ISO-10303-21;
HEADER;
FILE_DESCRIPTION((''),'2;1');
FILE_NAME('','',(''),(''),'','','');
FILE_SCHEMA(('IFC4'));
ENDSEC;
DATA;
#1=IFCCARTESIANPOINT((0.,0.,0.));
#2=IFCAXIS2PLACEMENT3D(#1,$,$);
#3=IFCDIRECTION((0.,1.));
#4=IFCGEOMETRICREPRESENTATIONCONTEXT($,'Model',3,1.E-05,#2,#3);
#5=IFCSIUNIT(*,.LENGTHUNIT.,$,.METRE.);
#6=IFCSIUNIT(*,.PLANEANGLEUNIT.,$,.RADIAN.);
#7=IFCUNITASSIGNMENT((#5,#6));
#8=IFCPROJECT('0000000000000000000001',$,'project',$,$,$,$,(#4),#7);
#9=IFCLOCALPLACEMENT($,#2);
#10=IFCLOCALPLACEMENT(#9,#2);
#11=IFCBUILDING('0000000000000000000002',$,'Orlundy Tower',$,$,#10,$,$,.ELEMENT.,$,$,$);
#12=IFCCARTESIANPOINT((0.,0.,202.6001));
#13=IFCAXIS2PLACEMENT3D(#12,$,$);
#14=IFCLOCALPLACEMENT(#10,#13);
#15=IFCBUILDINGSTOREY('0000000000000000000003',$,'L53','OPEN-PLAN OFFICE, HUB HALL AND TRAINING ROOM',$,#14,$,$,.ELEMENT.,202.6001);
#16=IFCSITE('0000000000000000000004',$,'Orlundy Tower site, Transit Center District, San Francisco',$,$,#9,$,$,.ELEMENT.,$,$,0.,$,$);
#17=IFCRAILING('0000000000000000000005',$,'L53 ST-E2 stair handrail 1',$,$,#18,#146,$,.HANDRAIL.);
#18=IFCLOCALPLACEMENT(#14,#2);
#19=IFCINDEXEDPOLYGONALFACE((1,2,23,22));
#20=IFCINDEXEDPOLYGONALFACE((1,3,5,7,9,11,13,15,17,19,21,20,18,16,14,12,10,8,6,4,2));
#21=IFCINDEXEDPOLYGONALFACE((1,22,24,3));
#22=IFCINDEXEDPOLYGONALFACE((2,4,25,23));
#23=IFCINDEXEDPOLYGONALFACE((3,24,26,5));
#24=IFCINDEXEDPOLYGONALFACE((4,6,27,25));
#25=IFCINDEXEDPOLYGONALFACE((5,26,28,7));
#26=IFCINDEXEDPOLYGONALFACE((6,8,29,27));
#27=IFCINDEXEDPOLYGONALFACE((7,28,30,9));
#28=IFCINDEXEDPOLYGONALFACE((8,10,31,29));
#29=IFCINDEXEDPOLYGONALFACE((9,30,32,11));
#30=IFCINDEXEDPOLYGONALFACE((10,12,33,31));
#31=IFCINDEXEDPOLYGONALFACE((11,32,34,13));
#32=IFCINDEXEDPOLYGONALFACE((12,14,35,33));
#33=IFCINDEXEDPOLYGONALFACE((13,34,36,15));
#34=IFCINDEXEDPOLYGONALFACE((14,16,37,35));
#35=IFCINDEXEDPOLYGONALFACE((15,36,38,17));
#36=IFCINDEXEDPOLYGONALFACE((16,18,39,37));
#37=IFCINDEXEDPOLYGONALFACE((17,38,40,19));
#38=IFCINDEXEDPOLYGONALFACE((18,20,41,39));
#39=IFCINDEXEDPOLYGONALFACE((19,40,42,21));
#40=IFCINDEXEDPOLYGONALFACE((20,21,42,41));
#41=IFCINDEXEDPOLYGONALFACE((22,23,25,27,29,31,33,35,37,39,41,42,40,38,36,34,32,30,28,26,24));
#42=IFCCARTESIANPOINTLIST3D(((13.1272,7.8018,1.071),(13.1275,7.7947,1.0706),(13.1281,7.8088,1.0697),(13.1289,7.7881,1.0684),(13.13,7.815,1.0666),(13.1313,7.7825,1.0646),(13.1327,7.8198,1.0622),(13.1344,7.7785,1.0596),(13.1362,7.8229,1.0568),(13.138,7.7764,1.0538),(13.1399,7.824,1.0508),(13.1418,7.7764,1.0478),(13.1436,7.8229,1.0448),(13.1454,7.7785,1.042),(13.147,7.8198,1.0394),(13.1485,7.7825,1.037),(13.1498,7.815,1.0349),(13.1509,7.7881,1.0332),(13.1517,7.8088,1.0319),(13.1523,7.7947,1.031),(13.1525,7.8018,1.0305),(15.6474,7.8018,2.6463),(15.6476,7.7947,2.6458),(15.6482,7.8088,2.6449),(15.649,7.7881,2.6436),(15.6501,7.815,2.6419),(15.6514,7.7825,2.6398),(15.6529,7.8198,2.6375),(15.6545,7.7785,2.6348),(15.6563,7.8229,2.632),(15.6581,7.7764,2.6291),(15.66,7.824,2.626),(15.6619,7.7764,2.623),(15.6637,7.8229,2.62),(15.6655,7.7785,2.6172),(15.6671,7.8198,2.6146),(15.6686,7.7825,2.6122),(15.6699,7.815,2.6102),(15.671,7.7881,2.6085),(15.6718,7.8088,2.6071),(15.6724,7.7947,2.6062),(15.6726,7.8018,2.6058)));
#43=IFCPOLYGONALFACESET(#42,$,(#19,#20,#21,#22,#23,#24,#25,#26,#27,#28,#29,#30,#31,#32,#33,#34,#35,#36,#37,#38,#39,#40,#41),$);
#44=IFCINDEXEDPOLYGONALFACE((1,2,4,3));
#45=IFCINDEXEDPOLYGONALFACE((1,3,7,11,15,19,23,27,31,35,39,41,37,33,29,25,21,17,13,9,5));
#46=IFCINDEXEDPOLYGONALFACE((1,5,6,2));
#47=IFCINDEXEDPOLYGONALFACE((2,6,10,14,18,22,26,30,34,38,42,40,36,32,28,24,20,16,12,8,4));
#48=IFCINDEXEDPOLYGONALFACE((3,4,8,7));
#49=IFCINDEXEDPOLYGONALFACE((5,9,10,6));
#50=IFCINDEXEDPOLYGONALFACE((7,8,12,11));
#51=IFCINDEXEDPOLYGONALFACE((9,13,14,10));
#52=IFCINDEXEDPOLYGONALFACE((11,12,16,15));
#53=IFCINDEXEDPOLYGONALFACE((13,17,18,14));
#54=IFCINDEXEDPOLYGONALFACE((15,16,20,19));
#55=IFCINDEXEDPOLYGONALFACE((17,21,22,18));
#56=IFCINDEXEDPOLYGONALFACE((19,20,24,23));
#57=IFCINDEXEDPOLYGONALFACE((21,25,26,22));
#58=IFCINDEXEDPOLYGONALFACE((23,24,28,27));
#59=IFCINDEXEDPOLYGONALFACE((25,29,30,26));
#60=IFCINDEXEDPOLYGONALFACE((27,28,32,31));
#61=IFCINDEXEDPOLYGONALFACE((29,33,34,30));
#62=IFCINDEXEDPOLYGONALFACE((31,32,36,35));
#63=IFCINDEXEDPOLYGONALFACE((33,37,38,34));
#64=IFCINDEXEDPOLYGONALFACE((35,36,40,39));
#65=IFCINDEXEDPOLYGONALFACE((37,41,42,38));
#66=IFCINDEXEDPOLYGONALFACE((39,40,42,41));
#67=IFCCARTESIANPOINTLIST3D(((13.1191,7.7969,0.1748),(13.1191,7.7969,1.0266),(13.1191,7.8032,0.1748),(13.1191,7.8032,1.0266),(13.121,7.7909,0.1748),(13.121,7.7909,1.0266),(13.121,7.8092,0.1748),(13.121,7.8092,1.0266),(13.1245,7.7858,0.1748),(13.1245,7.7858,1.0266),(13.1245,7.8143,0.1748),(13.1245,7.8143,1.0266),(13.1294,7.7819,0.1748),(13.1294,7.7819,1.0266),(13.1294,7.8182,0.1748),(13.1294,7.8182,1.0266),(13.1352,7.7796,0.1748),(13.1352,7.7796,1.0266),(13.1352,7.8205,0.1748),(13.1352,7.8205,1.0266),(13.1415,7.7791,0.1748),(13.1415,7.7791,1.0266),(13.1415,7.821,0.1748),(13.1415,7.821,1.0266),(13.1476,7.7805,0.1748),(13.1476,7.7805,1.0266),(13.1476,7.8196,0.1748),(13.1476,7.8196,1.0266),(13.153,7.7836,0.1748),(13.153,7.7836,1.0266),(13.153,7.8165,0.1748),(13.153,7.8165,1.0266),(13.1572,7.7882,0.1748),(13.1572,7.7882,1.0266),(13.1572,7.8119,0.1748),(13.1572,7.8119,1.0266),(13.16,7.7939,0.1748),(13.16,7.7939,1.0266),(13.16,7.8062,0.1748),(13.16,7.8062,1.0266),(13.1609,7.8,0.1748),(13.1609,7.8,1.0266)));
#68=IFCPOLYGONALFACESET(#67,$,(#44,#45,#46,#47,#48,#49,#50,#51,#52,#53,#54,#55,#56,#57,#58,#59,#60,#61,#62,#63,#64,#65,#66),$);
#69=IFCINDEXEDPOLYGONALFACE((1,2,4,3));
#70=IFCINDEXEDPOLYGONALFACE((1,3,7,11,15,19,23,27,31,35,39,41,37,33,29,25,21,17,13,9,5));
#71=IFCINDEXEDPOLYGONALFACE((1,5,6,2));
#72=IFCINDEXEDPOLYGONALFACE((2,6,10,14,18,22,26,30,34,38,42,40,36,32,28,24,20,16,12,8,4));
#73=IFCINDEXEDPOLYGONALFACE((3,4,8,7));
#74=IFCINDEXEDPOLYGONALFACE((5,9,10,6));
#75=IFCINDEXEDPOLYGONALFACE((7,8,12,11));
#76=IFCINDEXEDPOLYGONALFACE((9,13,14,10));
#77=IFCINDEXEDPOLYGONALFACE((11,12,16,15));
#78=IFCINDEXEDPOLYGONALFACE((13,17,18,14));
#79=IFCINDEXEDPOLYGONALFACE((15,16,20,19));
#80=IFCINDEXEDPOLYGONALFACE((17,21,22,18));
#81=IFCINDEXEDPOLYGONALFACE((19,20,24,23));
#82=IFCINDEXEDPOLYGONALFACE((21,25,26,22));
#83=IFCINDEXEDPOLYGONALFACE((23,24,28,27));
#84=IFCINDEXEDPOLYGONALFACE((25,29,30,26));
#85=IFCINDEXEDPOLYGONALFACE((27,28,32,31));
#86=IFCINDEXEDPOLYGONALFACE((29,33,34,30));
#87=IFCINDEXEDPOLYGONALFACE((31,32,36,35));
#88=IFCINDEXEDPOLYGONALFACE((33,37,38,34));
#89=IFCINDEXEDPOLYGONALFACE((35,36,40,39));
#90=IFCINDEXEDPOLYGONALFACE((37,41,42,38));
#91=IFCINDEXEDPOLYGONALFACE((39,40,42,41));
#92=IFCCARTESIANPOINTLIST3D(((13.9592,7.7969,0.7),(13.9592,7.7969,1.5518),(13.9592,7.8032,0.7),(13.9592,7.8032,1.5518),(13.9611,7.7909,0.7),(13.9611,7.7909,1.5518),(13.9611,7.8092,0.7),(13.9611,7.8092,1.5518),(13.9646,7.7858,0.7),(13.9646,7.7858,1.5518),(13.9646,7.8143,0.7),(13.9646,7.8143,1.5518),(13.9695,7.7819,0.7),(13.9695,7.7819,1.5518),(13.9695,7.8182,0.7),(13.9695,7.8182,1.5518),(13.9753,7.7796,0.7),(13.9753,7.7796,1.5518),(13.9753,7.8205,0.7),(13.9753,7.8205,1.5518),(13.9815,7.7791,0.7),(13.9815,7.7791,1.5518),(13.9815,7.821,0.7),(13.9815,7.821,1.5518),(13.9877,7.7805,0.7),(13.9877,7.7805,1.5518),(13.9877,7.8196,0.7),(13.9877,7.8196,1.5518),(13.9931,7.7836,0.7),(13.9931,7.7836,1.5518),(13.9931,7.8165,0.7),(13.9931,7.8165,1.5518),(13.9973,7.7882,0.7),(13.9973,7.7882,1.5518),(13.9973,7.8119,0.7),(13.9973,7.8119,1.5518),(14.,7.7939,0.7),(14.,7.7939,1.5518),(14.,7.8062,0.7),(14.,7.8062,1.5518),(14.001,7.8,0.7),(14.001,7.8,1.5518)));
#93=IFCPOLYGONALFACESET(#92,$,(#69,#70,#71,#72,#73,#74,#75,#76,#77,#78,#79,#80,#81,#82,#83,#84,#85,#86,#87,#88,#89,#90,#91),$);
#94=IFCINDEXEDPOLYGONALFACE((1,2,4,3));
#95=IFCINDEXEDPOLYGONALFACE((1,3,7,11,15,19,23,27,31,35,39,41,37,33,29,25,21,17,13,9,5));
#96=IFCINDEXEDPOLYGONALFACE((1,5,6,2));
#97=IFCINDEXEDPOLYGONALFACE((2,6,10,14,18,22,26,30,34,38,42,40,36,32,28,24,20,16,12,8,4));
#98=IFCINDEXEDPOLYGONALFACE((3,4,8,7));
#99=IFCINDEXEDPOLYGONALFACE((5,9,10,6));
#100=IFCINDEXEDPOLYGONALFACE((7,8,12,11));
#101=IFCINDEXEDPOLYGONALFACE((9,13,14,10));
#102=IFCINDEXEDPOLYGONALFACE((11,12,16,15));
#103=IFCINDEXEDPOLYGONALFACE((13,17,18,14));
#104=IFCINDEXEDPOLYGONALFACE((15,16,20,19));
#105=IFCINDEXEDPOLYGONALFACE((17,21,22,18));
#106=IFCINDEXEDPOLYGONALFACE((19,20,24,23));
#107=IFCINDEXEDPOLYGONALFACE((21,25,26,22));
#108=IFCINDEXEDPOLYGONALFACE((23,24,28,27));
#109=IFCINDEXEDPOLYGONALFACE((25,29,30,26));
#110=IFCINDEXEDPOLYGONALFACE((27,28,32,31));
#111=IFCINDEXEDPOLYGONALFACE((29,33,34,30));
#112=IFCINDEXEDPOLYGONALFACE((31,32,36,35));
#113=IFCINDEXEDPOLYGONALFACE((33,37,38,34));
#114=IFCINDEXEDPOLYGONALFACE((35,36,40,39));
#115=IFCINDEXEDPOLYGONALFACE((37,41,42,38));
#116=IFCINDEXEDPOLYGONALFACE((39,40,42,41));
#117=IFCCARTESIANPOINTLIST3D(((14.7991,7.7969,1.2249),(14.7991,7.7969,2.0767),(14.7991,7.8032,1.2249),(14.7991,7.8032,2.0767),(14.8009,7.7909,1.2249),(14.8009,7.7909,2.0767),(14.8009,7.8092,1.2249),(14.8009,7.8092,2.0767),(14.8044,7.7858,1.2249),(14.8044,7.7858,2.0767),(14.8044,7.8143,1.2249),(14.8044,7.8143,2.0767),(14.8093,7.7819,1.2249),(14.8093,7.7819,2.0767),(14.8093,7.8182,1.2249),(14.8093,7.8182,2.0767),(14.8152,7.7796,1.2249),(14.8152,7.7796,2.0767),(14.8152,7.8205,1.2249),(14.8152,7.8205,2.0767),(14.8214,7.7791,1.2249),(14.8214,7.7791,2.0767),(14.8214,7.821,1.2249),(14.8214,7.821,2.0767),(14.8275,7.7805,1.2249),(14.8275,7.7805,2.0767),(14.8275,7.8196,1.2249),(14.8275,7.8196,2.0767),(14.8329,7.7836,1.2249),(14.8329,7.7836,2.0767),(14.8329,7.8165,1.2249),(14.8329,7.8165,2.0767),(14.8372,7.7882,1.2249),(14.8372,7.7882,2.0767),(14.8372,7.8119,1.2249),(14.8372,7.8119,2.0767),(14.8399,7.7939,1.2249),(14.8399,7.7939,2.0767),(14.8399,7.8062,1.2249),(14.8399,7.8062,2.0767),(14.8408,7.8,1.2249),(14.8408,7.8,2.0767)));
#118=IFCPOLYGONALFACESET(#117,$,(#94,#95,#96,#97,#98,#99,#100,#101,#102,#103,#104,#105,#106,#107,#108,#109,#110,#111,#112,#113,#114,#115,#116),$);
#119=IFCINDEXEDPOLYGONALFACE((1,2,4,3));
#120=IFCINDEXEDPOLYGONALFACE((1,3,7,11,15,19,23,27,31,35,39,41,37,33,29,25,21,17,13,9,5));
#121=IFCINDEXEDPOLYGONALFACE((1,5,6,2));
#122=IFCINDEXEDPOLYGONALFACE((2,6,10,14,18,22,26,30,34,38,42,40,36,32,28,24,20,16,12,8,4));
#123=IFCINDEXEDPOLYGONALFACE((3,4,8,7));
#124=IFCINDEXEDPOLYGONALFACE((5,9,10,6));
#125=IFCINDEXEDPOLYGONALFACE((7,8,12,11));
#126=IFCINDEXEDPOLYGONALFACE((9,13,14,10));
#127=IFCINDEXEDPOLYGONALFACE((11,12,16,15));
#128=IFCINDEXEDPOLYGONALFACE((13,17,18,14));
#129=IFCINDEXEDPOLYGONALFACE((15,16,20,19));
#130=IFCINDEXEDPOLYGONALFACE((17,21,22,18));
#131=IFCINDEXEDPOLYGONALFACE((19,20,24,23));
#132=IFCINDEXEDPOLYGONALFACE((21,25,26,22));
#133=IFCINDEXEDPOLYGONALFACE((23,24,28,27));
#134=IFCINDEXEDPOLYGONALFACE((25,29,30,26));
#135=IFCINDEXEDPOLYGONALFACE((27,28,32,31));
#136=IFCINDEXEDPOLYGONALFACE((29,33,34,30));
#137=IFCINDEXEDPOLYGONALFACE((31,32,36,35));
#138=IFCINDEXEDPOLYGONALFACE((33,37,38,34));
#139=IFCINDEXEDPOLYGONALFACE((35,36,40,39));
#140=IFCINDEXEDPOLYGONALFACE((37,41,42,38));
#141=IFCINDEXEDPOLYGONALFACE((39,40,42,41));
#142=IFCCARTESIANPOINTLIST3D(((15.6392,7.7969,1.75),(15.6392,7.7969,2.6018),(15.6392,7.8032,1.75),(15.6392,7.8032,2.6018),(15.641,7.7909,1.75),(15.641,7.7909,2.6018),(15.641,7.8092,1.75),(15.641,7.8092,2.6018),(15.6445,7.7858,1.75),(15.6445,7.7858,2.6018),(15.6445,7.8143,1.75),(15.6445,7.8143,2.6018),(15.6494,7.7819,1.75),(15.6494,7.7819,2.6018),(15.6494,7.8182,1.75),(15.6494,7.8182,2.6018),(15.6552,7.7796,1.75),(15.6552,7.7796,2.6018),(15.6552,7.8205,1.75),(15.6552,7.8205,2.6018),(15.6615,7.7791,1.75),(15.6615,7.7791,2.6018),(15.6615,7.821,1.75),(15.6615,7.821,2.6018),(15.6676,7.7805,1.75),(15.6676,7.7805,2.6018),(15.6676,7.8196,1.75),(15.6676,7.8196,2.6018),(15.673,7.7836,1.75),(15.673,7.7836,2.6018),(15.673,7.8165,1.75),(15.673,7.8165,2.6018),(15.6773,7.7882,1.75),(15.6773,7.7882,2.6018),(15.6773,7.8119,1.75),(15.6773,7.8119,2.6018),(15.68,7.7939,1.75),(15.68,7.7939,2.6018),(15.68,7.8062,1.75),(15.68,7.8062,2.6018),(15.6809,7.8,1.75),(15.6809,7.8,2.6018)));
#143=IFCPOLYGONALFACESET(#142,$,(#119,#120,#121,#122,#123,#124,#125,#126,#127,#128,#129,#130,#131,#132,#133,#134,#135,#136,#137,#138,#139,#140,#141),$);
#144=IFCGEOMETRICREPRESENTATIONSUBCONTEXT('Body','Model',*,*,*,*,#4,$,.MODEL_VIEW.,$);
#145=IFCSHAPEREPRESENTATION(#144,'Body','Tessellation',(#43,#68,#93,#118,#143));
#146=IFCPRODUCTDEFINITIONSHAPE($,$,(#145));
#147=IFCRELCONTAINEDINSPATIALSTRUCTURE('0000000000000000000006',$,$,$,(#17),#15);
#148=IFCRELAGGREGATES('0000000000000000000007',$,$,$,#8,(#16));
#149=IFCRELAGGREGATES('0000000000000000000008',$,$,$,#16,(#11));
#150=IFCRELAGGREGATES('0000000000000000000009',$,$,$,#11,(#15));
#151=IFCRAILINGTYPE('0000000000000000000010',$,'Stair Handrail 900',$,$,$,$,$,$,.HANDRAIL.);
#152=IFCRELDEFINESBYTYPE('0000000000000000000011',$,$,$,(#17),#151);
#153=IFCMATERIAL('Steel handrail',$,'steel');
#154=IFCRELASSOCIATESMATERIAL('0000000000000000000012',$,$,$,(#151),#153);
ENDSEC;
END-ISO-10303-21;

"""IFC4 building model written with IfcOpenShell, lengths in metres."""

from ifc_helpers import new_model, si_unit, direction, frame, origin, origin_2d, place, context, subcontext, project, spatial, circle, extrude, material, type_object, element, save


model = new_model("IFC4")

# Units and contexts
model_context = context("Model", 3, precision=1e-05, world=origin(), true_north=direction((0.0, 1.0)))
body_context = subcontext(model_context, "Body", "Model", "MODEL_VIEW")
ifc_project = project(units=[si_unit("LENGTHUNIT", "METRE"), si_unit("PLANEANGLEUNIT", "RADIAN")], contexts=[model_context])

# Site, building, storey
site_placement = place(None, origin())
site = spatial("IfcSite", under=ifc_project, at=site_placement, Name="Orlundy Tower site, Transit Center District, San Francisco", CompositionType="ELEMENT", RefElevation=0.0)
building_placement = place(site_placement, origin())
building = spatial("IfcBuilding", under=site, at=building_placement, Name="Orlundy Tower", CompositionType="ELEMENT")
storey_placement = place(building_placement, frame((0.0, 0.0, 202.6001)))
storey = spatial("IfcBuildingStorey", under=building, at=storey_placement, Name="L53", Description="OPEN-PLAN OFFICE, HUB HALL AND TRAINING ROOM", CompositionType="ELEMENT", Elevation=202.6001)

# Railing
ifc_material_1 = material(Name="Steel handrail", Category="steel")
railing_type_1 = type_object("IfcRailingType", Name="Stair Handrail 900", PredefinedType="HANDRAIL", material=ifc_material_1)
railing_1_placement = place(storey_placement, frame((13.1399, 7.8, 0.1748)))
element("IfcRailing", 1, at=railing_1_placement, inside=storey, type_object=railing_type_1, Name="L53 ST-E2 stair handrail 1", PredefinedType="HANDRAIL", context=body_context, shape_type="SweptSolid", body=[
    extrude(circle(Radius=0.0239, at=origin_2d()), frame((0.0, 0.0, 0.876), z_axis=(0.847971, 0.0, 0.530043), x_axis=(0.0, 1.0, 0.0)), (0.0, 0.0, 1.0), 2.9719),
    extrude(circle(Radius=0.021, at=origin_2d()), origin(), (0.0, 0.0, 1.0), 0.8518),
    extrude(circle(Radius=0.021, at=origin_2d()), frame((0.8401, 0.0, 0.5251)), (0.0, 0.0, 1.0), 0.8518),
    extrude(circle(Radius=0.021, at=origin_2d()), frame((1.6799, 0.0, 1.05)), (0.0, 0.0, 1.0), 0.8518),
    extrude(circle(Radius=0.021, at=origin_2d()), frame((2.52, 0.0, 1.5752)), (0.0, 0.0, 1.0), 0.8518),
])

save(model, "model.ifc")
